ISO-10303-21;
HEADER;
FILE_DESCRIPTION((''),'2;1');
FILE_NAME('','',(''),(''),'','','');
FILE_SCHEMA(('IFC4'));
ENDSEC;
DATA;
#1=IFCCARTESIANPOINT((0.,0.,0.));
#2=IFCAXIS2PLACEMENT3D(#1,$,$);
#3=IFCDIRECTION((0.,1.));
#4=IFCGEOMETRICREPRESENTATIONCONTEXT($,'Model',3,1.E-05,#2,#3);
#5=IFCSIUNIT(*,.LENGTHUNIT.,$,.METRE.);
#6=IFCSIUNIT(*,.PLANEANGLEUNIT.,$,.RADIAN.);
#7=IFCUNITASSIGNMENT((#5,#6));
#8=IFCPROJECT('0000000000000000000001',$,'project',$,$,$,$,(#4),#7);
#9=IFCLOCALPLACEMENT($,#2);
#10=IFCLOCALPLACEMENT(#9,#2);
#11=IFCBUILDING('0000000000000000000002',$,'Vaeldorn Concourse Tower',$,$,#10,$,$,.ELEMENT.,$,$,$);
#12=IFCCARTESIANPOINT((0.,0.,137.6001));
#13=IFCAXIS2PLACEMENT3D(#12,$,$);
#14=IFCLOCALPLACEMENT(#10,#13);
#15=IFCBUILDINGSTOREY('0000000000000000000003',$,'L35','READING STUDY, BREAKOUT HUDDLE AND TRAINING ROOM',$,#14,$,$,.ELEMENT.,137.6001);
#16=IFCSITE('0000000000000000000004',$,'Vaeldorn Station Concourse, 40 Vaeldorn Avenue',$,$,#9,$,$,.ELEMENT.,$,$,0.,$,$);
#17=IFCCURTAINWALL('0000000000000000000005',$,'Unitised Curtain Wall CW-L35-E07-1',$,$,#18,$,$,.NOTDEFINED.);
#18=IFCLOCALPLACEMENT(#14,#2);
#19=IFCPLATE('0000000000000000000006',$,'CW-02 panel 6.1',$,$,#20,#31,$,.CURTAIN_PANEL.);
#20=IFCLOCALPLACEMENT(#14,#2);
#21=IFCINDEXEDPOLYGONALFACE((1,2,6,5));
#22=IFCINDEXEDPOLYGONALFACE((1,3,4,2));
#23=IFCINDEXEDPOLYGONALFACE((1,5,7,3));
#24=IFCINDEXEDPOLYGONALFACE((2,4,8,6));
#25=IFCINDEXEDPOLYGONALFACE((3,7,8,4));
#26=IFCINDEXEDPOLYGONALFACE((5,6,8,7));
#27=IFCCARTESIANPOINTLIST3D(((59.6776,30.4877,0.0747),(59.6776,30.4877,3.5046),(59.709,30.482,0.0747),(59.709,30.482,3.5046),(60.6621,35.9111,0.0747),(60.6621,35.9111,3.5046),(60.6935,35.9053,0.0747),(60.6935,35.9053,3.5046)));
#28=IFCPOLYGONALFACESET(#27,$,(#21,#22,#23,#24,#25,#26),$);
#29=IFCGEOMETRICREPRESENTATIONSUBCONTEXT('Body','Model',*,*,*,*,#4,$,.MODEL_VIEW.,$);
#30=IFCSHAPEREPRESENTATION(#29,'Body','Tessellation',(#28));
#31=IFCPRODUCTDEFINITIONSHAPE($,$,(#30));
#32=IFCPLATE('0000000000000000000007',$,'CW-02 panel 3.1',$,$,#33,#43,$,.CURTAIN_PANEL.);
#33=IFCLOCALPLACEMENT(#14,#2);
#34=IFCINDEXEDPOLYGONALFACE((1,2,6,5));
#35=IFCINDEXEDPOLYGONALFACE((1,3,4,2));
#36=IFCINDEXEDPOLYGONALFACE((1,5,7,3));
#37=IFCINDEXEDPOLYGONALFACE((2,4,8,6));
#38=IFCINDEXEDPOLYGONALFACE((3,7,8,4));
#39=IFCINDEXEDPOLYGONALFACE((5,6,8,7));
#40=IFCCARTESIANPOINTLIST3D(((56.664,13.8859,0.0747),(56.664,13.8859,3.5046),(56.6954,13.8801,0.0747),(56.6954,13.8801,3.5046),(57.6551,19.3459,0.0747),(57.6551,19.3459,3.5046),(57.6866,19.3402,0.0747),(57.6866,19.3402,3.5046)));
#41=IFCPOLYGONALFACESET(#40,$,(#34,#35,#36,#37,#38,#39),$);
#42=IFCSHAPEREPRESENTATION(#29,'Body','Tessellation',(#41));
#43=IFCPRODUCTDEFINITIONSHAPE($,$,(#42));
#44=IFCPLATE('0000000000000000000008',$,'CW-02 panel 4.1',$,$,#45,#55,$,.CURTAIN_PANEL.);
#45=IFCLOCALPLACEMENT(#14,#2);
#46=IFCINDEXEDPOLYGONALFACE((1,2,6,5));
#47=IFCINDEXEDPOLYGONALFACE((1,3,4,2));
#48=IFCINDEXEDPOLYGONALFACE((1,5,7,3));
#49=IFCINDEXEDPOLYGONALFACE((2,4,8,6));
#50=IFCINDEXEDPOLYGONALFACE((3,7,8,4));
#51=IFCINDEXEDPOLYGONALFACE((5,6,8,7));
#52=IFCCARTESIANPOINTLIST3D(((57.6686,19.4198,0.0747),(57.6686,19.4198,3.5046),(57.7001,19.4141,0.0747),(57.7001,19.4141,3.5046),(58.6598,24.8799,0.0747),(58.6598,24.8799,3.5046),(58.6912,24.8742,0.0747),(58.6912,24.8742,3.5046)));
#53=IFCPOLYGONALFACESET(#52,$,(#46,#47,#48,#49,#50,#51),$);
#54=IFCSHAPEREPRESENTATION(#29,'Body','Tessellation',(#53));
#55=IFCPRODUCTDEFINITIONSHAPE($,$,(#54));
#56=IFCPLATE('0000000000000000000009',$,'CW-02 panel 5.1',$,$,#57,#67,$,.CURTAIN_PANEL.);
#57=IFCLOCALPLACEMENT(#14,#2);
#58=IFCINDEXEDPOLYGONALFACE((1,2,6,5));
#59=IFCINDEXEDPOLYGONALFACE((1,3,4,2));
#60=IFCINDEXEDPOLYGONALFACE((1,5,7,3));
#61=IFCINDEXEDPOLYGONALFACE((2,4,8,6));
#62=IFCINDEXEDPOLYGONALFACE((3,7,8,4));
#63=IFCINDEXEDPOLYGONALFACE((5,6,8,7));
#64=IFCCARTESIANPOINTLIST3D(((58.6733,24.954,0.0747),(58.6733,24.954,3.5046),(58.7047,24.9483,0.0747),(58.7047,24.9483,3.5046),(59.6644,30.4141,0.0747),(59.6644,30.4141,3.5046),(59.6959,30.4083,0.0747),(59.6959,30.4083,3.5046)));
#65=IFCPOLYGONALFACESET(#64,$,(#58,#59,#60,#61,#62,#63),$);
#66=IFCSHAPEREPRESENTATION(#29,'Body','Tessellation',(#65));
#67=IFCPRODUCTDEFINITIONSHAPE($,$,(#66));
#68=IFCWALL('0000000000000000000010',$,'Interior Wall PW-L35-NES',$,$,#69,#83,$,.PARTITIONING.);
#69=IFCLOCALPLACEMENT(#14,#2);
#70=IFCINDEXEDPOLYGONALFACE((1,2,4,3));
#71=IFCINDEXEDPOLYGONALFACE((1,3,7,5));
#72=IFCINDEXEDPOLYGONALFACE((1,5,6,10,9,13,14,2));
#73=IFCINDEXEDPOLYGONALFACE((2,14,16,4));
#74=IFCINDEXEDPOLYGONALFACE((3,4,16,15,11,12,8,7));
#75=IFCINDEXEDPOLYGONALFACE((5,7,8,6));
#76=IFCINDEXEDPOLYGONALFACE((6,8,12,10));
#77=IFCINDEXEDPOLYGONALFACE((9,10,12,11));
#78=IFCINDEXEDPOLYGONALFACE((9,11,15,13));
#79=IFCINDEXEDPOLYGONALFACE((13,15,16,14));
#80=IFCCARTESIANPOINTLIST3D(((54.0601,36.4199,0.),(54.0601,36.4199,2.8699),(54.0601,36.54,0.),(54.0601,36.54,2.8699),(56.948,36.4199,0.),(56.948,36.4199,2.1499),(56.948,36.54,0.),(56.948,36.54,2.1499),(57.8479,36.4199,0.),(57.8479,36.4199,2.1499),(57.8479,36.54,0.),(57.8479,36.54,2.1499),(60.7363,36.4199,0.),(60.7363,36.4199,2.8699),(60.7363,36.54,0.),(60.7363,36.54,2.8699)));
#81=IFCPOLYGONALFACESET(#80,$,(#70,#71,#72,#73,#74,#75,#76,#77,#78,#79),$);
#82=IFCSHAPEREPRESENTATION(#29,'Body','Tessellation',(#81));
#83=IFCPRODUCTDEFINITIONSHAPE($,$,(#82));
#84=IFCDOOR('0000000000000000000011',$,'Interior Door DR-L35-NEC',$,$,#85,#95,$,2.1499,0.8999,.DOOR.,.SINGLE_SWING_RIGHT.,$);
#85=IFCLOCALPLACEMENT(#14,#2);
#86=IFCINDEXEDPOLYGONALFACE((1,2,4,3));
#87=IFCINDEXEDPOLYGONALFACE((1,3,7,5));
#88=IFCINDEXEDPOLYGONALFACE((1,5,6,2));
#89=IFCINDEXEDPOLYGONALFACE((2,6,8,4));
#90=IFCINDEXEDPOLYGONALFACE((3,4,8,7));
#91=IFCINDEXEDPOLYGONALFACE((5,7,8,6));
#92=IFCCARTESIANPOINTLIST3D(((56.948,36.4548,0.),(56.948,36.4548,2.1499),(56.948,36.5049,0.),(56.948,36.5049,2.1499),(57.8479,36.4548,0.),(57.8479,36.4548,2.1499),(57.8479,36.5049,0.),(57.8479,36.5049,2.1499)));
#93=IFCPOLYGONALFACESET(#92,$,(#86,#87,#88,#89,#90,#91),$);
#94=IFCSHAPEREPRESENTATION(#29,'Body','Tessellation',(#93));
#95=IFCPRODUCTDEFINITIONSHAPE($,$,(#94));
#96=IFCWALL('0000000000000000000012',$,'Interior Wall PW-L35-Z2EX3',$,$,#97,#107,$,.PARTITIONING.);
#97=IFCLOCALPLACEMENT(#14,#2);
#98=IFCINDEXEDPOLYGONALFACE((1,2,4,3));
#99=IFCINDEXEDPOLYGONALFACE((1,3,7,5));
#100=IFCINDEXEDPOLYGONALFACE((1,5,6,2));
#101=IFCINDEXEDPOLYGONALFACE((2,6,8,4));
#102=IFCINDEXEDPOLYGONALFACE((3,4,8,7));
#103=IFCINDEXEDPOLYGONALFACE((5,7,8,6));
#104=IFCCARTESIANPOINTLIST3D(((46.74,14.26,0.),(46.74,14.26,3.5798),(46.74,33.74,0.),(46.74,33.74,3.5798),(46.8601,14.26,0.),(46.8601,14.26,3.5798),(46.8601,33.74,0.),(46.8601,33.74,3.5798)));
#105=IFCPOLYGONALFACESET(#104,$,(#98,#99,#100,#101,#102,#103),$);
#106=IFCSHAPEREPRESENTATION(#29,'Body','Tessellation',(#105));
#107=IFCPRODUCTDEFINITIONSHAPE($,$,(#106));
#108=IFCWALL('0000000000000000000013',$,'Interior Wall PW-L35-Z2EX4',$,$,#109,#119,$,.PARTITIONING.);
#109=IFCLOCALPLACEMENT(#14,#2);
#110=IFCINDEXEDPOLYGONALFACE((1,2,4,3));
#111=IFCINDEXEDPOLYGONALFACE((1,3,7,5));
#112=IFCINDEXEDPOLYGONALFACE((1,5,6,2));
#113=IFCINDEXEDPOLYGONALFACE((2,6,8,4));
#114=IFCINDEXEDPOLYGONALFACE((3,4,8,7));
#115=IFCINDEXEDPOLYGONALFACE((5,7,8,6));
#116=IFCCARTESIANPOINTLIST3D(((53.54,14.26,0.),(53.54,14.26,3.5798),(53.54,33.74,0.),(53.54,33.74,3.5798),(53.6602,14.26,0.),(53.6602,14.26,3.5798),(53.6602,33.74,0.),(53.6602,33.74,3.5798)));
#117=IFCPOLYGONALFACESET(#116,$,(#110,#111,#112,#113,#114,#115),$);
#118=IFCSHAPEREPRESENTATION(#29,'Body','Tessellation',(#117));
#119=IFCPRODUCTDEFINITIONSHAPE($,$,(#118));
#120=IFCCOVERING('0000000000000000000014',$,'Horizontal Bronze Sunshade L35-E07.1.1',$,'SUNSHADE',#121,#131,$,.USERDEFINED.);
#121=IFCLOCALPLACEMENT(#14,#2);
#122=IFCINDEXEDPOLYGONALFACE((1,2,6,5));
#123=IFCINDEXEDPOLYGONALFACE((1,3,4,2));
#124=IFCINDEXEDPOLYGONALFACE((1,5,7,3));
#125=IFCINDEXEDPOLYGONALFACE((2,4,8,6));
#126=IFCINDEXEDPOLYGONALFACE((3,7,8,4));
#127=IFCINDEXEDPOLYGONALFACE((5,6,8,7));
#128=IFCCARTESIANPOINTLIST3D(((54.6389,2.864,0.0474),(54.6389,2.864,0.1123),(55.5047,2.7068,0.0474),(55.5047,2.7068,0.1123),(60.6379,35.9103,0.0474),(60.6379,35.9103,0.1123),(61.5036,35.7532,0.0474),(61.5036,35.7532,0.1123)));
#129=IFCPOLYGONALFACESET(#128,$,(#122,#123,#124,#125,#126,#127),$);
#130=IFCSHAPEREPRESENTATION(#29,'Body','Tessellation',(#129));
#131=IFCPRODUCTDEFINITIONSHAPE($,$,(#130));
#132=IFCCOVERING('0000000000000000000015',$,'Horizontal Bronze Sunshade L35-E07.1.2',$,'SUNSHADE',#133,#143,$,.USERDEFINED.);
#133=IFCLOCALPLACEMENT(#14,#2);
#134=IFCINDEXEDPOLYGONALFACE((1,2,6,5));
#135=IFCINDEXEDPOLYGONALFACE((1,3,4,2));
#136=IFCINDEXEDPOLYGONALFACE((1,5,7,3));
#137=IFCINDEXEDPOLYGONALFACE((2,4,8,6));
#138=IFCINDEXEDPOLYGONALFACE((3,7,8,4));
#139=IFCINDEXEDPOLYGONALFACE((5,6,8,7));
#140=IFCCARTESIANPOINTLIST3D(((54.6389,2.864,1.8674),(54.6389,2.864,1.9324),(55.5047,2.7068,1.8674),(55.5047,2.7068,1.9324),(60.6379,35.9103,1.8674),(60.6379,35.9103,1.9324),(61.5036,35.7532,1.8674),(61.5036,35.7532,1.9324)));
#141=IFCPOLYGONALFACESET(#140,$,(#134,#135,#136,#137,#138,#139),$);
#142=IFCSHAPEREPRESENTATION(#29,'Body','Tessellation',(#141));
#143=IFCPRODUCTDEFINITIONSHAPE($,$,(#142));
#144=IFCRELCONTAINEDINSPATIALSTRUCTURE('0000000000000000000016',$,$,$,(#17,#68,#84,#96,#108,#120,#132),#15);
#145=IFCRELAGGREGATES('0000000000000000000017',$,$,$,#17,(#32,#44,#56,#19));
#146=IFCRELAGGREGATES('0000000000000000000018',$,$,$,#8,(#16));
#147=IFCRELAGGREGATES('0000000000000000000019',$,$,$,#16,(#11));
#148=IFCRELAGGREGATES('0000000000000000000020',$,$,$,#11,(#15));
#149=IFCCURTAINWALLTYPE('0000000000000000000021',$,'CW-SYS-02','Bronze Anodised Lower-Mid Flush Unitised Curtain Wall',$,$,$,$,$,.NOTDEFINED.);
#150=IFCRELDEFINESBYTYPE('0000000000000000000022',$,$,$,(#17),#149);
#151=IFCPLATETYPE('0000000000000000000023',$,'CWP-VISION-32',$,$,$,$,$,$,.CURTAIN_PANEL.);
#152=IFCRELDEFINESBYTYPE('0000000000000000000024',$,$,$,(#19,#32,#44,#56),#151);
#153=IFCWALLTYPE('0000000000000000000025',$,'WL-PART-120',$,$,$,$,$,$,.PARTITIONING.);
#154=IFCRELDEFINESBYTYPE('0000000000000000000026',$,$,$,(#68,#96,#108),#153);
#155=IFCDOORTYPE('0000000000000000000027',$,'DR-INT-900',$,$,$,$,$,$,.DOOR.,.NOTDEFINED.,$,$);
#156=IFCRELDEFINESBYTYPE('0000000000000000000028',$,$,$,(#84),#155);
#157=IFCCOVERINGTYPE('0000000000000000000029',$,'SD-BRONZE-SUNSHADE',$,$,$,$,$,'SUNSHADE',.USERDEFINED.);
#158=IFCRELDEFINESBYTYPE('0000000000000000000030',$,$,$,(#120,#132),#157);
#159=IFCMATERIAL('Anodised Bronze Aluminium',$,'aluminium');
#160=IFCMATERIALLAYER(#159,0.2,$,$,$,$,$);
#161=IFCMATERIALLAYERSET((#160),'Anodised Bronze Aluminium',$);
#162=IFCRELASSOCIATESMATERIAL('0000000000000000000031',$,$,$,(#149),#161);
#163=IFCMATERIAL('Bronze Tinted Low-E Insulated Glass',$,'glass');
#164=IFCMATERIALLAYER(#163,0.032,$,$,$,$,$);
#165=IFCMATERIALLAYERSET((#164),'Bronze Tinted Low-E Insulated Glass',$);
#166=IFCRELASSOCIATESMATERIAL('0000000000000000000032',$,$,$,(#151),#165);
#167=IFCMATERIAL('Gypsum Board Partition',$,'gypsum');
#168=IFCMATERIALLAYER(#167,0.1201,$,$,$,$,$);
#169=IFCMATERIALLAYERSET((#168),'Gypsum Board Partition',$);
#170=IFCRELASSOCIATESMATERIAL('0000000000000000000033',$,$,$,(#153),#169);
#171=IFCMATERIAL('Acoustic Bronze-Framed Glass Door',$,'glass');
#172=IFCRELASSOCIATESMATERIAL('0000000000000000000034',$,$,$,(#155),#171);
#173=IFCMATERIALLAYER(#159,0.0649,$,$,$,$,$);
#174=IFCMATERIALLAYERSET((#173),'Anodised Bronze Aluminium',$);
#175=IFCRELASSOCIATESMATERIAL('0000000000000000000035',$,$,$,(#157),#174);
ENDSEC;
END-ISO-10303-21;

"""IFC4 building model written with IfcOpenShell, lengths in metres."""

from ifc_helpers import new_model, si_unit, direction, frame, frame_2d, origin, origin_2d, place, context, subcontext, project, spatial, rectangle, extrude, source, transform, mapped, material, layer, layer_set, type_object, element, fill, aggregate, save


model = new_model("IFC4")

# Units and contexts
model_context = context("Model", 3, precision=1e-05, world=origin(), true_north=direction((0.0, 1.0)))
body_context = subcontext(model_context, "Body", "Model", "MODEL_VIEW")
ifc_project = project(units=[si_unit("LENGTHUNIT", "METRE"), si_unit("PLANEANGLEUNIT", "RADIAN")], contexts=[model_context])

# Site, building, storey
site_placement = place(None, origin())
site = spatial("IfcSite", under=ifc_project, at=site_placement, Name="Vaeldorn Station Concourse, 40 Vaeldorn Avenue", CompositionType="ELEMENT", RefElevation=0.0)
building_placement = place(site_placement, origin())
building = spatial("IfcBuilding", under=site, at=building_placement, Name="Vaeldorn Concourse Tower", CompositionType="ELEMENT")
storey_placement = place(building_placement, frame((0.0, 0.0, 137.6001)))
storey = spatial("IfcBuildingStorey", under=building, at=storey_placement, Name="L35", Description="READING STUDY, BREAKOUT HUDDLE AND TRAINING ROOM", CompositionType="ELEMENT", Elevation=137.6001)

# Curtain wall, plates
ifc_material_1 = material(Name="Anodised Bronze Aluminium", Category="aluminium")
ifc_layer_1 = layer(ifc_material_1, 0.2)
ifc_layer_set_1 = layer_set([ifc_layer_1], Name="Anodised Bronze Aluminium")
curtain_wall_type = type_object("IfcCurtainWallType", Name="CW-SYS-02", Description="Bronze Anodised Lower-Mid Flush Unitised Curtain Wall", PredefinedType="NOTDEFINED", material=ifc_layer_set_1)
curtain_wall_placement = place(storey_placement, origin())
curtain_wall = element("IfcCurtainWall", 1, at=curtain_wall_placement, inside=storey, type_object=curtain_wall_type, Name="Unitised Curtain Wall CW-L35-E07-1", PredefinedType="NOTDEFINED")
ifc_material_2 = material(Name="Bronze Tinted Low-E Insulated Glass", Category="glass")
ifc_layer_2 = layer(ifc_material_2, 0.032)
ifc_layer_set_2 = layer_set([ifc_layer_2], Name="Bronze Tinted Low-E Insulated Glass")
plate_type = type_object("IfcPlateType", Name="CWP-VISION-32", PredefinedType="CURTAIN_PANEL", material=ifc_layer_set_2)
shared_shape_1 = source(origin(), body_context, "Body", "SweptSolid", [
    extrude(rectangle(XDim=5.512, YDim=0.032, at=origin_2d()), origin(), (0.0, 0.0, 1.0), 3.4299),
])
plate_1_placement = place(storey_placement, frame((60.1855, 33.1965, 0.0747), z_axis=(0.0, 0.0, 1.0), x_axis=(0.178608, 0.98392, 0.0)))
plate_1 = element("IfcPlate", 2, at=plate_1_placement, type_object=plate_type, Name="CW-02 panel 6.1", PredefinedType="CURTAIN_PANEL", context=body_context, shape_type="MappedRepresentation", body=[
    mapped(shared_shape_1, transform((0.0, 0.0, 0.0), scale=1.0)),
])
shared_shape_2 = source(origin(), body_context, "Body", "SweptSolid", [
    extrude(rectangle(XDim=5.5493, YDim=0.032, at=origin_2d()), origin(), (0.0, 0.0, 1.0), 3.4299),
])
plate_2_placement = place(storey_placement, frame((57.1753, 16.613, 0.0747), z_axis=(0.0, 0.0, 1.0), x_axis=(0.178608, 0.98392, 0.0)))
plate_2 = element("IfcPlate", 3, at=plate_2_placement, type_object=plate_type, Name="CW-02 panel 3.1", PredefinedType="CURTAIN_PANEL", context=body_context, shape_type="MappedRepresentation", body=[
    mapped(shared_shape_2, transform((0.0, 0.0, 0.0), scale=1.0)),
])
plate_3_placement = place(storey_placement, frame((58.1799, 22.147, 0.0747), z_axis=(0.0, 0.0, 1.0), x_axis=(0.178608, 0.98392, 0.0)))
plate_3 = element("IfcPlate", 4, at=plate_3_placement, type_object=plate_type, Name="CW-02 panel 4.1", PredefinedType="CURTAIN_PANEL", context=body_context, shape_type="MappedRepresentation", body=[
    mapped(shared_shape_2, transform((0.0, 0.0, 0.0), scale=1.0)),
])
plate_4_placement = place(storey_placement, frame((59.1846, 27.6812, 0.0747), z_axis=(0.0, 0.0, 1.0), x_axis=(0.178608, 0.98392, 0.0)))
plate_4 = element("IfcPlate", 5, at=plate_4_placement, type_object=plate_type, Name="CW-02 panel 5.1", PredefinedType="CURTAIN_PANEL", context=body_context, shape_type="MappedRepresentation", body=[
    mapped(shared_shape_2, transform((0.0, 0.0, 0.0), scale=1.0)),
])
aggregate(curtain_wall, [plate_2, plate_3, plate_4, plate_1])

# Wall, opening, door
ifc_material_3 = material(Name="Gypsum Board Partition", Category="gypsum")
ifc_layer_3 = layer(ifc_material_3, 0.1201)
ifc_layer_set_3 = layer_set([ifc_layer_3], Name="Gypsum Board Partition")
wall_type = type_object("IfcWallType", Name="WL-PART-120", PredefinedType="PARTITIONING", material=ifc_layer_set_3)
wall_placement = place(storey_placement, frame((54.0601, 36.48, 0.0), z_axis=(0.0, 0.0, 1.0), x_axis=(1.0, 0.0, 0.0)))
wall = element("IfcWall", 6, at=wall_placement, inside=storey, type_object=wall_type, Name="Interior Wall PW-L35-NES", PredefinedType="PARTITIONING", context=body_context, shape_type="SweptSolid", body=[
    extrude(rectangle(XDim=6.6763, YDim=0.1201, at=frame_2d((3.3381, 0.0))), origin(), (0.0, 0.0, 1.0), 2.8699),
])
opening_placement = place(wall_placement, frame((2.8879, 0.0, 0.0)))
opening = element("IfcOpeningElement", 7, at=opening_placement, cuts=wall, PredefinedType="OPENING", context=body_context, shape_type="SweptSolid", body=[
    extrude(rectangle(XDim=0.8999, YDim=2.1499, at=frame_2d((0.45, 1.075))), frame((0.0, 0.0701, 0.0), z_axis=(0.0, -1.0, 0.0), x_axis=(1.0, 0.0, 0.0)), (0.0, 0.0, 1.0), 0.1401),
])
ifc_material_4 = material(Name="Acoustic Bronze-Framed Glass Door", Category="glass")
door_type = type_object("IfcDoorType", Name="DR-INT-900", OperationType="NOTDEFINED", PredefinedType="DOOR", material=ifc_material_4)
shared_shape_3 = source(origin(), body_context, "Body", "SweptSolid", [
    extrude(rectangle(XDim=0.8999, YDim=2.1499, at=frame_2d((0.45, 1.075))), frame((0.0, 0.0249, 0.0), z_axis=(0.0, -1.0, 0.0), x_axis=(1.0, 0.0, 0.0)), (0.0, 0.0, 1.0), 0.05),
])
door_placement = place(opening_placement, origin())
door = element("IfcDoor", 8, at=door_placement, inside=storey, type_object=door_type, Name="Interior Door DR-L35-NEC", OperationType="SINGLE_SWING_RIGHT", OverallHeight=2.1499, OverallWidth=0.8999, PredefinedType="DOOR", context=body_context, shape_type="MappedRepresentation", body=[
    mapped(shared_shape_3, transform((0.0, 0.0, 0.0), scale=1.0)),
])
fill(opening, door)

# Walls
for number, where, z_axis, x_axis, name in (
    (9, (46.8, 14.26, 0.0), (0.0, 0.0, 1.0), (0.0, 1.0, 0.0), "Interior Wall PW-L35-Z2EX3"),
    (10, (53.6001, 14.26, 0.0), (0.0, 0.0, 1.0), (0.0, 1.0, 0.0), "Interior Wall PW-L35-Z2EX4"),
):
    element("IfcWall", number, at=place(storey_placement, frame(where, z_axis=z_axis, x_axis=x_axis)), inside=storey, type_object=wall_type, Name=name, PredefinedType="PARTITIONING", context=body_context, shape_type="SweptSolid", body=[
        extrude(rectangle(XDim=19.48, YDim=0.1201, at=frame_2d((9.74, 0.0))), origin(), (0.0, 0.0, 1.0), 3.5798),
    ])

# Coverings
ifc_layer_4 = layer(ifc_material_1, 0.0649)
ifc_layer_set_4 = layer_set([ifc_layer_4], Name="Anodised Bronze Aluminium")
covering_type = type_object("IfcCoveringType", Name="SD-BRONZE-SUNSHADE", ElementType="SUNSHADE", PredefinedType="USERDEFINED", material=ifc_layer_set_4)
shared_shape_4 = source(origin(), body_context, "Body", "SweptSolid", [
    extrude(rectangle(XDim=33.5864, YDim=0.8799, at=origin_2d()), origin(), (0.0, 0.0, 1.0), 0.0649),
])
for number, where, z_axis, x_axis, name in (
    (11, (58.0713, 19.3086, 0.0474), (0.0, 0.0, 1.0), (0.178613, 0.983919, 0.0), "Horizontal Bronze Sunshade L35-E07.1.1"),
    (12, (58.0713, 19.3086, 1.8674), (0.0, 0.0, 1.0), (0.178613, 0.983919, 0.0), "Horizontal Bronze Sunshade L35-E07.1.2"),
):
    element("IfcCovering", number, at=place(storey_placement, frame(where, z_axis=z_axis, x_axis=x_axis)), inside=storey, type_object=covering_type, Name=name, ObjectType="SUNSHADE", PredefinedType="USERDEFINED", context=body_context, shape_type="MappedRepresentation", body=[
        mapped(shared_shape_4, transform((0.0, 0.0, 0.0), scale=1.0)),
    ])

save(model, "model.ifc")
